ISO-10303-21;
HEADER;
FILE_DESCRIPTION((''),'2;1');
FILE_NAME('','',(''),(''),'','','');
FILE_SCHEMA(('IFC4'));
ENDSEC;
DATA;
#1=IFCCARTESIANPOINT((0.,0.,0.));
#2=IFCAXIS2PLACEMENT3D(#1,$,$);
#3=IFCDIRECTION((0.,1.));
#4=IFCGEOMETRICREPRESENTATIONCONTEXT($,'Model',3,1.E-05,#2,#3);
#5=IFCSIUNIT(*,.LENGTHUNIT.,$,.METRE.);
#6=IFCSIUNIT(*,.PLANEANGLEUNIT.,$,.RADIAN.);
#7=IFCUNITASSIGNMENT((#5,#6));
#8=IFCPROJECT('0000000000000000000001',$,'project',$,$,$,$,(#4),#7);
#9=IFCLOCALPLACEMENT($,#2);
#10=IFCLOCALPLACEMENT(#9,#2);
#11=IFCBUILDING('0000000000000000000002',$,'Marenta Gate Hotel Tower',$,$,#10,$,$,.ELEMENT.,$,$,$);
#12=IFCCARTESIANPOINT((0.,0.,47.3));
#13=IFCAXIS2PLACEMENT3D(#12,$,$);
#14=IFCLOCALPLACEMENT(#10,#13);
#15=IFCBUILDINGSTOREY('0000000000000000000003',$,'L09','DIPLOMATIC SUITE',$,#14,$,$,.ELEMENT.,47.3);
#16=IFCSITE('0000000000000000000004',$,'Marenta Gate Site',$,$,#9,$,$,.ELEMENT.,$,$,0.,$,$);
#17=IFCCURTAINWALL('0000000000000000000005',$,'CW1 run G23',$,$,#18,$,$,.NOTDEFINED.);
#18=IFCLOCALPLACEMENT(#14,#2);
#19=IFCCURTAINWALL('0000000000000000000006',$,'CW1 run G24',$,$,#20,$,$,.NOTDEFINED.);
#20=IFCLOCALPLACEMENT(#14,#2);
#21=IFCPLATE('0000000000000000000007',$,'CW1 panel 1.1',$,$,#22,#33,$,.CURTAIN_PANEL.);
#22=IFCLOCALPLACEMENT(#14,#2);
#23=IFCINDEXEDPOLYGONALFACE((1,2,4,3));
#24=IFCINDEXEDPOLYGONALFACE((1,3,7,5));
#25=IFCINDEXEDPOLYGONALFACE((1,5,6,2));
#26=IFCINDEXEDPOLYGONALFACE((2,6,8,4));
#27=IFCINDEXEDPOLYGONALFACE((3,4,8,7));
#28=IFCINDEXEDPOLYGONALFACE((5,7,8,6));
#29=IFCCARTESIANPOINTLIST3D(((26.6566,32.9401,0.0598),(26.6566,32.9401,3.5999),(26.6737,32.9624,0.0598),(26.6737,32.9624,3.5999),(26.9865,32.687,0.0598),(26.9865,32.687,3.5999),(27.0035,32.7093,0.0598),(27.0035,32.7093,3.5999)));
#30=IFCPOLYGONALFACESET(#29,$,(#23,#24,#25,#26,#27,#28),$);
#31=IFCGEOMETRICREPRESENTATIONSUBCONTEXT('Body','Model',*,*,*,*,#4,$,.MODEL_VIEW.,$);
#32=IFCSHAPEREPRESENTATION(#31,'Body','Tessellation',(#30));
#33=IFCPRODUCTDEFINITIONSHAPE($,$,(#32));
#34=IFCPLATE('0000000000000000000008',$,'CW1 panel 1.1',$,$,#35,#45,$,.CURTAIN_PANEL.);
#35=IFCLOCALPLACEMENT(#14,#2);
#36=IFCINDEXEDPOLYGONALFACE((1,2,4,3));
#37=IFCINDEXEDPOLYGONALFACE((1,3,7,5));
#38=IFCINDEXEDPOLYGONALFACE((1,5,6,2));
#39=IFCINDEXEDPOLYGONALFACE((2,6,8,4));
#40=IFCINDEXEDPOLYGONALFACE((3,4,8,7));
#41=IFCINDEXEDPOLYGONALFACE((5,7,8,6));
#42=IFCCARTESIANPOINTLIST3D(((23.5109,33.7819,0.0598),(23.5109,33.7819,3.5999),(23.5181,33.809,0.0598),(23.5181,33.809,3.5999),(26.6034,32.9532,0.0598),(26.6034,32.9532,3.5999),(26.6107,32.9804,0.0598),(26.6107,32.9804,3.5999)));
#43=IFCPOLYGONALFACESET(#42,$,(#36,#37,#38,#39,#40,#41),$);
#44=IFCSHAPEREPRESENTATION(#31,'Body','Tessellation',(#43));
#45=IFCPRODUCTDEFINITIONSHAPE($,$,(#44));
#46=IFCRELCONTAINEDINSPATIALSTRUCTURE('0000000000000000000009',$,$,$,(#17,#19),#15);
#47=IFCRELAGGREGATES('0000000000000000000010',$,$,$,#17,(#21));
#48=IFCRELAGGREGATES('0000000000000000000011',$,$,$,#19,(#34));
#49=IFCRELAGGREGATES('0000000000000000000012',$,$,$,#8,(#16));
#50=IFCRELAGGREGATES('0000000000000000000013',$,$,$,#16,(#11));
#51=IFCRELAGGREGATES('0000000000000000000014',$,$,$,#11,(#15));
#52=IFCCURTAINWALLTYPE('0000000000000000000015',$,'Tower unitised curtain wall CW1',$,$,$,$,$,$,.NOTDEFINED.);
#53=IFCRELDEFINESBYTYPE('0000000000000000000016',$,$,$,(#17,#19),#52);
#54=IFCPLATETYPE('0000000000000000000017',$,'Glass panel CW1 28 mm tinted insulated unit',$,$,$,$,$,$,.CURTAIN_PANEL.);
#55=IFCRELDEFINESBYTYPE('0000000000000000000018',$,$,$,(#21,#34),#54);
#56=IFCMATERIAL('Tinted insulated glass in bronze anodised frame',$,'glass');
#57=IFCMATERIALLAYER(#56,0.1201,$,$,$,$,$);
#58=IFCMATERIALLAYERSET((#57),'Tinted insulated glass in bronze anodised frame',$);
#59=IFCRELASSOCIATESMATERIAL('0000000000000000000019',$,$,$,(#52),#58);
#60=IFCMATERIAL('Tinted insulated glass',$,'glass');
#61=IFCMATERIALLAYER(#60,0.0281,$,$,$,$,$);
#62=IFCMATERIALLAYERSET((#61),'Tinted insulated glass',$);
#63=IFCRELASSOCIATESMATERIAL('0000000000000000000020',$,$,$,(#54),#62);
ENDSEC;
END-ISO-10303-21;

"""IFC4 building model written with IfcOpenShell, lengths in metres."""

from ifc_helpers import new_model, si_unit, direction, frame, origin, origin_2d, place, context, subcontext, project, spatial, rectangle, extrude, material, layer, layer_set, type_object, element, aggregate, save


model = new_model("IFC4")

# Units and contexts
model_context = context("Model", 3, precision=1e-05, world=origin(), true_north=direction((0.0, 1.0)))
body_context = subcontext(model_context, "Body", "Model", "MODEL_VIEW")
ifc_project = project(units=[si_unit("LENGTHUNIT", "METRE"), si_unit("PLANEANGLEUNIT", "RADIAN")], contexts=[model_context])

# Site, building, storey
site_placement = place(None, origin())
site = spatial("IfcSite", under=ifc_project, at=site_placement, Name="Marenta Gate Site", CompositionType="ELEMENT", RefElevation=0.0)
building_placement = place(site_placement, origin())
building = spatial("IfcBuilding", under=site, at=building_placement, Name="Marenta Gate Hotel Tower", CompositionType="ELEMENT")
storey_placement = place(building_placement, frame((0.0, 0.0, 47.3)))
storey = spatial("IfcBuildingStorey", under=building, at=storey_placement, Name="L09", Description="DIPLOMATIC SUITE", CompositionType="ELEMENT", Elevation=47.3)

# Curtain wall
ifc_material_1 = material(Name="Tinted insulated glass in bronze anodised frame", Category="glass")
ifc_layer_1 = layer(ifc_material_1, 0.1201)
ifc_layer_set_1 = layer_set([ifc_layer_1], Name="Tinted insulated glass in bronze anodised frame")
curtain_wall_type = type_object("IfcCurtainWallType", Name="Tower unitised curtain wall CW1", PredefinedType="NOTDEFINED", material=ifc_layer_set_1)
curtain_wall_1_placement = place(storey_placement, origin())
curtain_wall_1 = element("IfcCurtainWall", 1, at=curtain_wall_1_placement, inside=storey, type_object=curtain_wall_type, Name="CW1 run G23", PredefinedType="NOTDEFINED")

# Curtain wall
curtain_wall_2_placement = place(storey_placement, origin())
curtain_wall_2 = element("IfcCurtainWall", 2, at=curtain_wall_2_placement, inside=storey, type_object=curtain_wall_type, Name="CW1 run G24", PredefinedType="NOTDEFINED")

# Plates
ifc_material_2 = material(Name="Tinted insulated glass", Category="glass")
ifc_layer_2 = layer(ifc_material_2, 0.0281)
ifc_layer_set_2 = layer_set([ifc_layer_2], Name="Tinted insulated glass")
plate_type = type_object("IfcPlateType", Name="Glass panel CW1 28 mm tinted insulated unit", PredefinedType="CURTAIN_PANEL", material=ifc_layer_set_2)
plate_1_placement = place(storey_placement, frame((26.8301, 32.8247, 0.0598), z_axis=(0.0, 0.0, 1.0), x_axis=(-0.793342, 0.608776, 0.0)))
plate_1 = element("IfcPlate", 3, at=plate_1_placement, type_object=plate_type, Name="CW1 panel 1.1", PredefinedType="CURTAIN_PANEL", context=body_context, shape_type="SweptSolid", body=[
    extrude(rectangle(XDim=0.4158, YDim=0.0281, at=origin_2d()), origin(), (0.0, 0.0, 1.0), 3.54),
])
aggregate(curtain_wall_1, [plate_1])
plate_2_placement = place(storey_placement, frame((25.0608, 33.3811, 0.0598), z_axis=(0.0, 0.0, 1.0), x_axis=(-0.965929, 0.258807, 0.0)))
plate_2 = element("IfcPlate", 4, at=plate_2_placement, type_object=plate_type, Name="CW1 panel 1.1", PredefinedType="CURTAIN_PANEL", context=body_context, shape_type="SweptSolid", body=[
    extrude(rectangle(XDim=3.2017, YDim=0.0281, at=origin_2d()), origin(), (0.0, 0.0, 1.0), 3.54),
])
aggregate(curtain_wall_2, [plate_2])

save(model, "model.ifc")
